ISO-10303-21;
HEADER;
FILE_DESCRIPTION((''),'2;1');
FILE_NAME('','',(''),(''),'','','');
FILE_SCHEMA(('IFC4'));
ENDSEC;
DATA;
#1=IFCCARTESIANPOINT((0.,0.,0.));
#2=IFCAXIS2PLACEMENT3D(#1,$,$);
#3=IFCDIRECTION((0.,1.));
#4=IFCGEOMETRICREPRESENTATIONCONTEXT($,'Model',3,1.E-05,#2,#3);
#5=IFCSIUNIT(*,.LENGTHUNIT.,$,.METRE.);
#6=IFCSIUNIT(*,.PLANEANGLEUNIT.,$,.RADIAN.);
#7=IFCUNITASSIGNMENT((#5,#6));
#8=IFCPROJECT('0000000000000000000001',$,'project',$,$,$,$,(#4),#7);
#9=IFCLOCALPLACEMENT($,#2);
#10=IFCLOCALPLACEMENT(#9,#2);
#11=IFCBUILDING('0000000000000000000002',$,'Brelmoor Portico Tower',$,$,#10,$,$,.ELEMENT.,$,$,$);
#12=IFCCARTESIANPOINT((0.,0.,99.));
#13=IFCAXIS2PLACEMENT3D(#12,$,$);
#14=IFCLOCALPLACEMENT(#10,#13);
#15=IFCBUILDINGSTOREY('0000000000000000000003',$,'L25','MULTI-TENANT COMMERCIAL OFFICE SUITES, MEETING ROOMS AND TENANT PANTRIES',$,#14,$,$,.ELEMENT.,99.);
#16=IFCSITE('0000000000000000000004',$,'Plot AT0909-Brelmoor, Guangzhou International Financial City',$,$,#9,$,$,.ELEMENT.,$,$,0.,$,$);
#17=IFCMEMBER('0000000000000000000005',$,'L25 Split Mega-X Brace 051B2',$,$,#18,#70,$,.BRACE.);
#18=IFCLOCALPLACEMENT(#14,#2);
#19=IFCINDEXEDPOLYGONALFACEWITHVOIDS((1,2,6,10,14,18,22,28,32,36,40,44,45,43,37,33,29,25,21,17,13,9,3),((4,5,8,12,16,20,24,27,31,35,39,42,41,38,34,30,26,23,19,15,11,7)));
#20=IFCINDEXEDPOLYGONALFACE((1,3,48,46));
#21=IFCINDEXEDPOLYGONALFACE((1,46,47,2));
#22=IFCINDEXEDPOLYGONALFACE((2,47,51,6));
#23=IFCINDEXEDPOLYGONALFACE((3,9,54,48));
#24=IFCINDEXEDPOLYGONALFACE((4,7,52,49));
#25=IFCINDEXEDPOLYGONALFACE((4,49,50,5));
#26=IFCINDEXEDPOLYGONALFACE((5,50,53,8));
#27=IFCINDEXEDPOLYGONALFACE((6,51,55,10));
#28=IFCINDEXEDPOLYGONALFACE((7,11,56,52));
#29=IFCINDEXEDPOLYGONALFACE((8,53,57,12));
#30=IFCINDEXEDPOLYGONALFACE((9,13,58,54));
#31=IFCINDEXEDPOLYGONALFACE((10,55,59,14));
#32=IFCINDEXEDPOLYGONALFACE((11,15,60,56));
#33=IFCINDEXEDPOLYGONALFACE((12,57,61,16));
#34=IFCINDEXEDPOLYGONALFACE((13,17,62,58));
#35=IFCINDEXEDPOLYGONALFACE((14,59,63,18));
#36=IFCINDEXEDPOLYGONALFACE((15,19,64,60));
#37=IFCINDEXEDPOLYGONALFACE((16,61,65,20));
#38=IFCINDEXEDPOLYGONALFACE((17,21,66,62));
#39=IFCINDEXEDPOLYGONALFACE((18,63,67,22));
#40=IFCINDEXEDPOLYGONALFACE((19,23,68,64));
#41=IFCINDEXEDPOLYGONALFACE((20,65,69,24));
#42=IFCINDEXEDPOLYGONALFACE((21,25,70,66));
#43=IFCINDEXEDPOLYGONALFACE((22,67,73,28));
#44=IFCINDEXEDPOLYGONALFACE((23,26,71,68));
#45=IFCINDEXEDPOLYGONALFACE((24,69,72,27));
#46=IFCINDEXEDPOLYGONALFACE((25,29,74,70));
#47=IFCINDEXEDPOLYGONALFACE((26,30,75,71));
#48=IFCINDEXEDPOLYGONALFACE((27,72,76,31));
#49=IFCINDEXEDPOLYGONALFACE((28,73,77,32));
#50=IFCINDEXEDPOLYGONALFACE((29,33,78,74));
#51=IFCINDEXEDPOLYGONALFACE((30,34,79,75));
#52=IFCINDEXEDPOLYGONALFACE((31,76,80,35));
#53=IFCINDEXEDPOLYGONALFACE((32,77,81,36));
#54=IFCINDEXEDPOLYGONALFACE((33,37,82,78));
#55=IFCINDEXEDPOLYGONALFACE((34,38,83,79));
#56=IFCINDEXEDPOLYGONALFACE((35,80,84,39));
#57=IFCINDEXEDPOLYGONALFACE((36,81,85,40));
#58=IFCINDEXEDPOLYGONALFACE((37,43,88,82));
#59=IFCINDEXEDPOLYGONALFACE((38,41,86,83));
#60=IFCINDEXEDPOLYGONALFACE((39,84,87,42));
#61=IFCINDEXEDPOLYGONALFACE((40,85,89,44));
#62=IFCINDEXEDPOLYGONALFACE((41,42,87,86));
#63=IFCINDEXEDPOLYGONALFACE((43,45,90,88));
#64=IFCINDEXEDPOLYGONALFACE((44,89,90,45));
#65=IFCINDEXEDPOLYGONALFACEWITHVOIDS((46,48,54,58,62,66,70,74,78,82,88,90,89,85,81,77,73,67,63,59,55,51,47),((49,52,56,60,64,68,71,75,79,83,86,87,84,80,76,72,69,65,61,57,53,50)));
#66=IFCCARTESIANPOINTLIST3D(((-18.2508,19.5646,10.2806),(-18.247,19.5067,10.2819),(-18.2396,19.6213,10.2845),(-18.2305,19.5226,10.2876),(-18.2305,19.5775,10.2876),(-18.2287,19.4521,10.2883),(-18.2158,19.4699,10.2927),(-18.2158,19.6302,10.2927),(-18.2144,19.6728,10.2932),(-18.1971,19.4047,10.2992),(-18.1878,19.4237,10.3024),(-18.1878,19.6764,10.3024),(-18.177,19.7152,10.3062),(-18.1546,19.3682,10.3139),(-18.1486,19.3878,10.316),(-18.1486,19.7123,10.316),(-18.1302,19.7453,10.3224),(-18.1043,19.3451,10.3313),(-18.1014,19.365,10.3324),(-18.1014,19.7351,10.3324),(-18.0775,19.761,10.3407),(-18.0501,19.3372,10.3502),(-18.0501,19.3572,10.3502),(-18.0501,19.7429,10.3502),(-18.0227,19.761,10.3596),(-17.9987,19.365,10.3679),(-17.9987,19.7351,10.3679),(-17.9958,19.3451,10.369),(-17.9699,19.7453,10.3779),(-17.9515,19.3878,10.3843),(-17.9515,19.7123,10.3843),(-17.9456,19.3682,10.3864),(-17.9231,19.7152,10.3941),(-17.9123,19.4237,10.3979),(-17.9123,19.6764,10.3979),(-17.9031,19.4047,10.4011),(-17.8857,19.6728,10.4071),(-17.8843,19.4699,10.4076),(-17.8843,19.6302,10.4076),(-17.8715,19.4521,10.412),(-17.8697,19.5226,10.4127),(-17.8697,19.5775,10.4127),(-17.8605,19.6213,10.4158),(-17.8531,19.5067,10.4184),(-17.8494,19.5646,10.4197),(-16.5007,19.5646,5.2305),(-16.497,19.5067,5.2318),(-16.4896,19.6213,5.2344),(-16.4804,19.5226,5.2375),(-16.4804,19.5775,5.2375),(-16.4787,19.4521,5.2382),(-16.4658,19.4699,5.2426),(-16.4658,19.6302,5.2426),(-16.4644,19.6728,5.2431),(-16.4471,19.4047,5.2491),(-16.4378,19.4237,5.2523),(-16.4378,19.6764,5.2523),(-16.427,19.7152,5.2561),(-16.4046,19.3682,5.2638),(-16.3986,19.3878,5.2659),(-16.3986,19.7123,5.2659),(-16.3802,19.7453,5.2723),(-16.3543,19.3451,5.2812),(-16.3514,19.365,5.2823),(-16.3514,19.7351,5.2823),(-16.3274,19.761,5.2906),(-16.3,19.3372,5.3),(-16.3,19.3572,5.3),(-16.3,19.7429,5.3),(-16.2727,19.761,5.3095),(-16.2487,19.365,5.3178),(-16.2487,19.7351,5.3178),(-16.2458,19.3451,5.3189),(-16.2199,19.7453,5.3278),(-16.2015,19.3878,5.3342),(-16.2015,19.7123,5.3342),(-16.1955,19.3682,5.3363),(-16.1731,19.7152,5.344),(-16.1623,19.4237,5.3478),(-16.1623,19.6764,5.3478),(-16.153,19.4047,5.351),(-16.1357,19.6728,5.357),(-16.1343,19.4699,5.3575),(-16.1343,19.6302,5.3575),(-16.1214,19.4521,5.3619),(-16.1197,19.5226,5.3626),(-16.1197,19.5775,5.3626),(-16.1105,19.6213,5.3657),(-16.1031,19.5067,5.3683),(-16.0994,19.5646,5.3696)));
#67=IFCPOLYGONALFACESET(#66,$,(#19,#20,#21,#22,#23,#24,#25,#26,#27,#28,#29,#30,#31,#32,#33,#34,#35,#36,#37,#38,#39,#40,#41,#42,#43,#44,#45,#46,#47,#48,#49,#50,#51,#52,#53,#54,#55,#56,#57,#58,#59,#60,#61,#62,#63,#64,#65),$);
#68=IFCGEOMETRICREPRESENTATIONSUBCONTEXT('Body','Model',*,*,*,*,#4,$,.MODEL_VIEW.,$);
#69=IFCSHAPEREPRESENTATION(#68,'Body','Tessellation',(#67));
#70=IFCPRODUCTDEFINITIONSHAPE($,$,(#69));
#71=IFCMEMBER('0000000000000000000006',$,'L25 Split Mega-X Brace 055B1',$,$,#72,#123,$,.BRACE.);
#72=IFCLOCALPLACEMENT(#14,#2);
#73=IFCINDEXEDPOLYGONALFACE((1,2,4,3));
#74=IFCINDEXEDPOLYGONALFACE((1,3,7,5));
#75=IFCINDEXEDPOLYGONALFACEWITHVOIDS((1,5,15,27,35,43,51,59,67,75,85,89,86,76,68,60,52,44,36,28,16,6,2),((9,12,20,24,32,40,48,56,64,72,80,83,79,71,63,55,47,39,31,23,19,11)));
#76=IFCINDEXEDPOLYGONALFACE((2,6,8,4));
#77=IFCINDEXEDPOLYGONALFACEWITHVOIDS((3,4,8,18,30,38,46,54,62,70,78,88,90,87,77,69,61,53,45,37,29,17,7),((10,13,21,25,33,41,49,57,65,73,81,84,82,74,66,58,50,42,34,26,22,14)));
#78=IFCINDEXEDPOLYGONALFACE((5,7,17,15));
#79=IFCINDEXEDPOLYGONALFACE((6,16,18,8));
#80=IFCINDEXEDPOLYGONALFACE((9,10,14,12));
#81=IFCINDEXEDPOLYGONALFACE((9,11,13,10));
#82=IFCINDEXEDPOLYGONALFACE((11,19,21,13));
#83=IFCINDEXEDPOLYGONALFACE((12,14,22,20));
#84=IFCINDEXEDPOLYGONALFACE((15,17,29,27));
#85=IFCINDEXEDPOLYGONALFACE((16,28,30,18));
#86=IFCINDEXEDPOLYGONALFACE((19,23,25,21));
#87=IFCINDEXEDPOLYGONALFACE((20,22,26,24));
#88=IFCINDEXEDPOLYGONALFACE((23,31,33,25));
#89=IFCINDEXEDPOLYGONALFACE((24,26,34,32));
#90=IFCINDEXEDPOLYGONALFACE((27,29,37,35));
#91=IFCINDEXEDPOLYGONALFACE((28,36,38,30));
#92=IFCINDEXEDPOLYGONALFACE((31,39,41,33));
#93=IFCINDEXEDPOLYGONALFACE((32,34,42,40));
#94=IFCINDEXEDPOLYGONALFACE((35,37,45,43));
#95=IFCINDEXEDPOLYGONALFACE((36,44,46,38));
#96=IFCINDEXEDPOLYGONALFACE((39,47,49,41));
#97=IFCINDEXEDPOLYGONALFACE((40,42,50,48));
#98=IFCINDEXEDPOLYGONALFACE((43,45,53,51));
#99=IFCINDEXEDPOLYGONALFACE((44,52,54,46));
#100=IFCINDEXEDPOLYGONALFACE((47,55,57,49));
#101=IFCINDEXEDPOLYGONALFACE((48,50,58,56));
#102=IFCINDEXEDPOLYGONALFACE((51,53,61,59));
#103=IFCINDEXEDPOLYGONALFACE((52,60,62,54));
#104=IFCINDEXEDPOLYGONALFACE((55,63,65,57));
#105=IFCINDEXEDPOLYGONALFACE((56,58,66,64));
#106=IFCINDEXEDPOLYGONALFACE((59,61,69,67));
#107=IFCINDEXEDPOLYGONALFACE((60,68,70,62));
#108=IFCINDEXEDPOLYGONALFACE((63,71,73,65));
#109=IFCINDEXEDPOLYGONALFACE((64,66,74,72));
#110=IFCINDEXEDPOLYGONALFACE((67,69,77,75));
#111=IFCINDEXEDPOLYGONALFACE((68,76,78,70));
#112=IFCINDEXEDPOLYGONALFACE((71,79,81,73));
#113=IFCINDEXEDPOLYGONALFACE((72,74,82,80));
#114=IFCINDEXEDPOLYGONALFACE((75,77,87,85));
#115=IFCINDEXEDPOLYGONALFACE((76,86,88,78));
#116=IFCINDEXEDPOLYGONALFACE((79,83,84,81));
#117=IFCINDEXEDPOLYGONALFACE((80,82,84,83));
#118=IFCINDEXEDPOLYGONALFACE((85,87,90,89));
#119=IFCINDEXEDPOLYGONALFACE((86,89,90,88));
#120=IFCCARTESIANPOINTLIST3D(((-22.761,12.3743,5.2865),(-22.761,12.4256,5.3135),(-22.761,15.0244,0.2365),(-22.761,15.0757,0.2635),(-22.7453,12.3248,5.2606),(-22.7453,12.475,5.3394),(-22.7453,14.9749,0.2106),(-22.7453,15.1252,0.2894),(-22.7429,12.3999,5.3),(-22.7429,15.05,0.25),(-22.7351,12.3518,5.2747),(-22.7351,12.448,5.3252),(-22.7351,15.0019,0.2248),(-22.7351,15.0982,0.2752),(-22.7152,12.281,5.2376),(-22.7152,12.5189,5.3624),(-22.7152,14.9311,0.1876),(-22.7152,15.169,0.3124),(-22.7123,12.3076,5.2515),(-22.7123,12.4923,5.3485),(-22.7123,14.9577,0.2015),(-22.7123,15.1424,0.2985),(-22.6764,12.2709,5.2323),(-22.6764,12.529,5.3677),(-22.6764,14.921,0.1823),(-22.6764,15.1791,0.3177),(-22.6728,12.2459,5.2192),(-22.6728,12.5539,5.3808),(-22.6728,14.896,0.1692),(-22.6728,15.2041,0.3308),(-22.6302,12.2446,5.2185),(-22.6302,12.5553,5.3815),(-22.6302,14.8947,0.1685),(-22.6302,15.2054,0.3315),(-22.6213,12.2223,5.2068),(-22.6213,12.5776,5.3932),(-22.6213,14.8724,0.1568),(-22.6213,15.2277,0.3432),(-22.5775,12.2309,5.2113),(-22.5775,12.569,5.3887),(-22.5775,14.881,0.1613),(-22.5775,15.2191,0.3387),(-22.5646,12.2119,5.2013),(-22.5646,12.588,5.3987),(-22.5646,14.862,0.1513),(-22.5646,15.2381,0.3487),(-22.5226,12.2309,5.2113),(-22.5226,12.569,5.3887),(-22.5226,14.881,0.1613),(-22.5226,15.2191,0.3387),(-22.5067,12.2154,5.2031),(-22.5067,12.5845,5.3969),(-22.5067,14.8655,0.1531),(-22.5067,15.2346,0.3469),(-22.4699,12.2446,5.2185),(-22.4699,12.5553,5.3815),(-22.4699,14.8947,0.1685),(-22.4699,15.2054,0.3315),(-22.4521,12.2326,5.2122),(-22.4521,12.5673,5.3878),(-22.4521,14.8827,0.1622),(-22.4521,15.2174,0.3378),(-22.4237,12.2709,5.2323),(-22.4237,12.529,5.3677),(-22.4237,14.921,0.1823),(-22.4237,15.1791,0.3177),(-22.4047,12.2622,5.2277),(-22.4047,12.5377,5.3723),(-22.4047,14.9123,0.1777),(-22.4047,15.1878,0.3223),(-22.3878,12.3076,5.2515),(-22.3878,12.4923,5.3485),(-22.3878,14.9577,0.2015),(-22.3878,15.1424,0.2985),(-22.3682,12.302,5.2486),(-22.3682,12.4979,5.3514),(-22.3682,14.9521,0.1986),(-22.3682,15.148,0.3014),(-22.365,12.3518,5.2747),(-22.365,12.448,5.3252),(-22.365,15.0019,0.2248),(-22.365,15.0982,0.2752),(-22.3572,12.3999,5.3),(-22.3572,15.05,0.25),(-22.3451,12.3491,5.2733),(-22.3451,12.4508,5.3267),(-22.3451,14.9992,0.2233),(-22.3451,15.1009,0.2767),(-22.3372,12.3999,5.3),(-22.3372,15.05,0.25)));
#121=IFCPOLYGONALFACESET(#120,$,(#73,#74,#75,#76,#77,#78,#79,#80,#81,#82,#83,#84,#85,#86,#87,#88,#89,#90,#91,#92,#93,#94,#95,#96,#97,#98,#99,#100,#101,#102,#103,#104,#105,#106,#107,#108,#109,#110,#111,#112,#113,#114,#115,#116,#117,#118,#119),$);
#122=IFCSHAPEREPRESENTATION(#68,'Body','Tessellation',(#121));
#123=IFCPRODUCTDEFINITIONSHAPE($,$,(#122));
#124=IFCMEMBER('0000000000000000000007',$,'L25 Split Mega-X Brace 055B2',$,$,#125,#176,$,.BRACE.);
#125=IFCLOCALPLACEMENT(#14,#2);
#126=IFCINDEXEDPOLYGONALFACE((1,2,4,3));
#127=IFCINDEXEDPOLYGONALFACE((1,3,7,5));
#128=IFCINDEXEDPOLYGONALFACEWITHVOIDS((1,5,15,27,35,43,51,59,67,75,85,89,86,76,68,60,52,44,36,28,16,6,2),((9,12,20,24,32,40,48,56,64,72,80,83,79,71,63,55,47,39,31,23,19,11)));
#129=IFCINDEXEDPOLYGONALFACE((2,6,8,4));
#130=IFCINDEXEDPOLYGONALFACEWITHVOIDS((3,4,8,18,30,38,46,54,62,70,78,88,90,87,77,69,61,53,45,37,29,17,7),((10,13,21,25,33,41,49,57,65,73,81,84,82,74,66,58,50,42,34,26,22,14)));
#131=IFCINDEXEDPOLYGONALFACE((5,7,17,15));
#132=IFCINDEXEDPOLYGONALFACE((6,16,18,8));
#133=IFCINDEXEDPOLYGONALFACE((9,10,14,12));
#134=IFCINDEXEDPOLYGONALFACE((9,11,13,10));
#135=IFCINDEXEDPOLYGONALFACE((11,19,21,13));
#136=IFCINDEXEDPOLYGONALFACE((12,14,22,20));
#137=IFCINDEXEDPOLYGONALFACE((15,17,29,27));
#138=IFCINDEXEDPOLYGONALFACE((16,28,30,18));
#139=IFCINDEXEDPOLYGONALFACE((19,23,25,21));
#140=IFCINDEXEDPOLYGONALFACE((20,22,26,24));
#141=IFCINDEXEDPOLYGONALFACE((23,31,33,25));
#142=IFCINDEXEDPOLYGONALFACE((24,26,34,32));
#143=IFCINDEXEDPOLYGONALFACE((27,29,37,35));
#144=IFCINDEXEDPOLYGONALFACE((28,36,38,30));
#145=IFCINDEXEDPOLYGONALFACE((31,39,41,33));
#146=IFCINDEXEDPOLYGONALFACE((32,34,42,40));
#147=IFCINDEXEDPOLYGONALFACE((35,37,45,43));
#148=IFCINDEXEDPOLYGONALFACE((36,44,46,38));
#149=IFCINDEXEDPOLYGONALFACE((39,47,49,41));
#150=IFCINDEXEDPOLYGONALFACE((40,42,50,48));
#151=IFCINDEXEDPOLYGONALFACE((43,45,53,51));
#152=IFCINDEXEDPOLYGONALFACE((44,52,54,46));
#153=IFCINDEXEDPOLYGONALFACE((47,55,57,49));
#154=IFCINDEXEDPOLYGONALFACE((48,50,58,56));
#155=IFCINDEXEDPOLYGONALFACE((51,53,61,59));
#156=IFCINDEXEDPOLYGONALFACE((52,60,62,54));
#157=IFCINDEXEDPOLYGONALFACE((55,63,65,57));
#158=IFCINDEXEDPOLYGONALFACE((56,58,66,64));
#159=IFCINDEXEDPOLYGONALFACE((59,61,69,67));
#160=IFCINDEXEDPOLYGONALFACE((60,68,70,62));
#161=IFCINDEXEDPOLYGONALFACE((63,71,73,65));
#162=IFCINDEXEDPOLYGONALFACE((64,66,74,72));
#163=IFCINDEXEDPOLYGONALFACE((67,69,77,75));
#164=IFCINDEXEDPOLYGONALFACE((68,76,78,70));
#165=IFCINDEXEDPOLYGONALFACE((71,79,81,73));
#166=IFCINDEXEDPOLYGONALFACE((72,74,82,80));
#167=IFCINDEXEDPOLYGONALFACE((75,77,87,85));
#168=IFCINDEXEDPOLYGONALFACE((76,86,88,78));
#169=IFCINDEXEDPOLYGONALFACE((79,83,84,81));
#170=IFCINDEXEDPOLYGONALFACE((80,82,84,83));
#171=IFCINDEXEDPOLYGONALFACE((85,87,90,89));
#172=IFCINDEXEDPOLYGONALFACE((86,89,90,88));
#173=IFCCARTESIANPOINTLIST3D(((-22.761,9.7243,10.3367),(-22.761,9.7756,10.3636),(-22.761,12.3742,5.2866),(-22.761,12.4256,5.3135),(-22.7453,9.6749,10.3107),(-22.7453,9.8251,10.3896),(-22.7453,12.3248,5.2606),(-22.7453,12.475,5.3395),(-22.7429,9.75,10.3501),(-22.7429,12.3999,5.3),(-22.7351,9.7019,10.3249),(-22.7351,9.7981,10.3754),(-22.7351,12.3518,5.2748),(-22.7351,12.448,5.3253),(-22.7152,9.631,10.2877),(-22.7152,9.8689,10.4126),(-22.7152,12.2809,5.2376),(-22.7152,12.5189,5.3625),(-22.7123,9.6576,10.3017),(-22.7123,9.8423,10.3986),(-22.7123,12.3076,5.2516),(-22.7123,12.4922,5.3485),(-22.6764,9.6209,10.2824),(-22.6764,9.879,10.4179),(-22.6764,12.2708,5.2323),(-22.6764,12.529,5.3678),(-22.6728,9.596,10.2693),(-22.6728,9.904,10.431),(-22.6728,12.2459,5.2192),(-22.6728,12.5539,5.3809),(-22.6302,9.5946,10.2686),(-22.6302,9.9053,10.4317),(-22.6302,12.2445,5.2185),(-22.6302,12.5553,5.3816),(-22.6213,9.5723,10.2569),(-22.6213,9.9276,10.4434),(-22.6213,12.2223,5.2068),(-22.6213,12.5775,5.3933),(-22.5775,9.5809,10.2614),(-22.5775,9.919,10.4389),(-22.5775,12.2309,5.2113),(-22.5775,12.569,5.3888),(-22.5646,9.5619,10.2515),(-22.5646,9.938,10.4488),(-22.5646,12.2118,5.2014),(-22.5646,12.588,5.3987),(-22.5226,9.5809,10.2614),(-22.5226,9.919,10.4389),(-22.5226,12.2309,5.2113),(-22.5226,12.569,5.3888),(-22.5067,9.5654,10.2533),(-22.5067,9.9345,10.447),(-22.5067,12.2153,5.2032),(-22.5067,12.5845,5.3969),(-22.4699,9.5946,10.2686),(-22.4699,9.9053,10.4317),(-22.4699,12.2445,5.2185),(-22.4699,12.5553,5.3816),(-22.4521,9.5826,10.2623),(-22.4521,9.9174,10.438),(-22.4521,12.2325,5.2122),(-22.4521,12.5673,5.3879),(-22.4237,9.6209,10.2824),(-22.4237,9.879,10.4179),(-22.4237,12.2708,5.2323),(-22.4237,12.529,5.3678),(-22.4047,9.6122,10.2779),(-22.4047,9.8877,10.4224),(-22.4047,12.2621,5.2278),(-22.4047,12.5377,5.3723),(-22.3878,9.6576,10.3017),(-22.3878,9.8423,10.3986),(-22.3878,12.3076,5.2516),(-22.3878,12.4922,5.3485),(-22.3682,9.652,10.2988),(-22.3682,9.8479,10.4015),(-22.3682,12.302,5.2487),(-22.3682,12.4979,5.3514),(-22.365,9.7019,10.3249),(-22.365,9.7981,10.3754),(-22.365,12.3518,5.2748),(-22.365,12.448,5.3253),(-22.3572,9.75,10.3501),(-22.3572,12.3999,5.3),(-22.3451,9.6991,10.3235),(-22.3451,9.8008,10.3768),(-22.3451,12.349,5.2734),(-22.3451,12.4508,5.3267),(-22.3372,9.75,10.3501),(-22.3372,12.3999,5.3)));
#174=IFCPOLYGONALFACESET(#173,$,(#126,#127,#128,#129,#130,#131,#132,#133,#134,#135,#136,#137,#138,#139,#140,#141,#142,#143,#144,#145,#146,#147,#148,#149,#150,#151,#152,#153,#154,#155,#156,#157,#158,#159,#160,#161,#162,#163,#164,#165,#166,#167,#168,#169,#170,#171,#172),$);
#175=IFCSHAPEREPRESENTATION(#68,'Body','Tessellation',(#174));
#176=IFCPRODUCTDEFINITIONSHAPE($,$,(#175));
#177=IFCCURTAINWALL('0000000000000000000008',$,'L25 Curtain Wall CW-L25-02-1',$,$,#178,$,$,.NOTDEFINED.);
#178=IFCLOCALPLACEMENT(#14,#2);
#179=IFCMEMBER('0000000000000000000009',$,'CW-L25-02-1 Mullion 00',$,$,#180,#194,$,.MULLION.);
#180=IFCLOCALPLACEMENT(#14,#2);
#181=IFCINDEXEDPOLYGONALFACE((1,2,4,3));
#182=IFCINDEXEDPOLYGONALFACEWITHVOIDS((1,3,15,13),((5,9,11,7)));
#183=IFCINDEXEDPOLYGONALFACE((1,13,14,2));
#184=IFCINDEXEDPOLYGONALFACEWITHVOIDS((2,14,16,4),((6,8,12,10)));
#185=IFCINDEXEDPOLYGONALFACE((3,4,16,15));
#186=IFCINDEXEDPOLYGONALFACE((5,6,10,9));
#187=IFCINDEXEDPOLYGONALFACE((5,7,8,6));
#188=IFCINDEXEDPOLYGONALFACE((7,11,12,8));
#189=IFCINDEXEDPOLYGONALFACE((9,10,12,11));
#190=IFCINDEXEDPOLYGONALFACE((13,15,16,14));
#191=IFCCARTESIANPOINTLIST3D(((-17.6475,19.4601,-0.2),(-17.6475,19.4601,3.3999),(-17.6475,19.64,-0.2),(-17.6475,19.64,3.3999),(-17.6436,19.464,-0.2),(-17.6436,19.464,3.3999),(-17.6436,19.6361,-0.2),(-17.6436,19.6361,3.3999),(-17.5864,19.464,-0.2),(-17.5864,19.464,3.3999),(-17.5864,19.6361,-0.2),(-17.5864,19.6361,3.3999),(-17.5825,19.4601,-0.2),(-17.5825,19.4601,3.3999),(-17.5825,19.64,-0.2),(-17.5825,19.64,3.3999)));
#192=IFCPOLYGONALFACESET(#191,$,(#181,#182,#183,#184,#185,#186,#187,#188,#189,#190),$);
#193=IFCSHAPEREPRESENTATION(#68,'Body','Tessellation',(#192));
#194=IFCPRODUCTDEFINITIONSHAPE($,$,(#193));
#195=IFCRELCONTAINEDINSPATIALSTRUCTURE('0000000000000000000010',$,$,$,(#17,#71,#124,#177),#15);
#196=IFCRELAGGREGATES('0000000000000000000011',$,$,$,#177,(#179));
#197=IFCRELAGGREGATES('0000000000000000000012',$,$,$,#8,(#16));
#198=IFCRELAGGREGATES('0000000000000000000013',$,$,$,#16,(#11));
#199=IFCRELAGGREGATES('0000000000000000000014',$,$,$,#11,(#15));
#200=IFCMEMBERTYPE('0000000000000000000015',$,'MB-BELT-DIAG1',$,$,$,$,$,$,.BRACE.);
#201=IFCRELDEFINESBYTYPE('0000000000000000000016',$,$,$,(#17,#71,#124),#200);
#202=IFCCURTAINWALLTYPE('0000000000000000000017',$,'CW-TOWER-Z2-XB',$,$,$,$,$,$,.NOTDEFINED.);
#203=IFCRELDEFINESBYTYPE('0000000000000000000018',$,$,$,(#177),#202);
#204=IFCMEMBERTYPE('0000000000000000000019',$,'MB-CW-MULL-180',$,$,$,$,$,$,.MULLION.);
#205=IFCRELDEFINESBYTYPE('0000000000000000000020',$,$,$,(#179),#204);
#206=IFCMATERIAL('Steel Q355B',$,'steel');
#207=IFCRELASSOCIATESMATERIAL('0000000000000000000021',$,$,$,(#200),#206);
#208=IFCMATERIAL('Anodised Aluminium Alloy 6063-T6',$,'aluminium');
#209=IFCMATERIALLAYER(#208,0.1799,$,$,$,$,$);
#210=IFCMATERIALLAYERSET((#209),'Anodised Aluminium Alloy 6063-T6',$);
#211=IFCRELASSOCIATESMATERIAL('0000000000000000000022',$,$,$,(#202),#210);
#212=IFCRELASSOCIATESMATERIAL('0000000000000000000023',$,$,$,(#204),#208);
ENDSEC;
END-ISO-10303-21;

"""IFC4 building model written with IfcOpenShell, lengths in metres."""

from ifc_helpers import new_model, si_unit, direction, frame, origin, origin_2d, place, context, subcontext, project, spatial, hollow_rectangle, hollow_circle, extrude, material, layer, layer_set, material_profile, profile_set, type_object, element, aggregate, save


model = new_model("IFC4")

# Units and contexts
model_context = context("Model", 3, precision=1e-05, world=origin(), true_north=direction((0.0, 1.0)))
body_context = subcontext(model_context, "Body", "Model", "MODEL_VIEW")
ifc_project = project(units=[si_unit("LENGTHUNIT", "METRE"), si_unit("PLANEANGLEUNIT", "RADIAN")], contexts=[model_context])

# Site, building, storey
site_placement = place(None, origin())
site = spatial("IfcSite", under=ifc_project, at=site_placement, Name="Plot AT0909-Brelmoor, Guangzhou International Financial City", CompositionType="ELEMENT", RefElevation=0.0)
building_placement = place(site_placement, origin())
building = spatial("IfcBuilding", under=site, at=building_placement, Name="Brelmoor Portico Tower", CompositionType="ELEMENT")
storey_placement = place(building_placement, frame((0.0, 0.0, 99.0)))
storey = spatial("IfcBuildingStorey", under=building, at=storey_placement, Name="L25", Description="MULTI-TENANT COMMERCIAL OFFICE SUITES, MEETING ROOMS AND TENANT PANTRIES", CompositionType="ELEMENT", Elevation=99.0)

# Shared definitions
ifc_material_1 = material(Name="Steel Q355B", Category="steel")

# Members
ifc_material_profile_1 = material_profile(ifc_material_1, hollow_circle(Radius=0.2129, WallThickness=0.02, at=origin_2d()), Name="CHS 426x20")
ifc_profile_set_1 = profile_set([ifc_material_profile_1], Name="Steel Q355B")
member_type_1 = type_object("IfcMemberType", Name="MB-BELT-DIAG1", PredefinedType="BRACE", material=ifc_profile_set_1)
member_1_placement = place(storey_placement, frame((-16.3, 19.55, 5.3), z_axis=(-0.327429, 0.0, 0.944876), x_axis=(0.0, -1.0, 0.0)))
element("IfcMember", 1, at=member_1_placement, inside=storey, type_object=member_type_1, Name="L25 Split Mega-X Brace 051B2", PredefinedType="BRACE", context=body_context, shape_type="SweptSolid", body=[
    extrude(hollow_circle(Radius=0.2129, WallThickness=0.02, at=origin_2d()), origin(), (0.0, 0.0, 1.0), 5.3447),
])
for number, where, z_axis, x_axis, name in (
    (2, (-22.55, 15.05, 0.25), (0.0, -0.464679, 0.885479), (1.0, 0.0, 0.0), "L25 Split Mega-X Brace 055B1"),
    (3, (-22.55, 12.3999, 5.3), (0.0, -0.464645, 0.885497), (1.0, 0.0, 0.0), "L25 Split Mega-X Brace 055B2"),
):
    element("IfcMember", number, at=place(storey_placement, frame(where, z_axis=z_axis, x_axis=x_axis)), inside=storey, type_object=member_type_1, Name=name, PredefinedType="BRACE", context=body_context, shape_type="SweptSolid", body=[
        extrude(hollow_circle(Radius=0.2129, WallThickness=0.02, at=origin_2d()), origin(), (0.0, 0.0, 1.0), 5.7031),
    ])

# Curtain wall, member
ifc_material_2 = material(Name="Anodised Aluminium Alloy 6063-T6", Category="aluminium")
ifc_layer_1 = layer(ifc_material_2, 0.1799)
ifc_layer_set_1 = layer_set([ifc_layer_1], Name="Anodised Aluminium Alloy 6063-T6")
curtain_wall_type = type_object("IfcCurtainWallType", Name="CW-TOWER-Z2-XB", PredefinedType="NOTDEFINED", material=ifc_layer_set_1)
curtain_wall_1_placement = place(storey_placement, origin())
curtain_wall_1 = element("IfcCurtainWall", 4, at=curtain_wall_1_placement, inside=storey, type_object=curtain_wall_type, Name="L25 Curtain Wall CW-L25-02-1", PredefinedType="NOTDEFINED")
ifc_material_profile_2 = material_profile(ifc_material_2, hollow_rectangle(XDim=0.0649, YDim=0.1799, WallThickness=0.0039, at=origin_2d()), Name="ALU MULLION 65x180")
ifc_profile_set_2 = profile_set([ifc_material_profile_2], Name="Anodised Aluminium Alloy 6063-T6")
member_type_2 = type_object("IfcMemberType", Name="MB-CW-MULL-180", PredefinedType="MULLION", material=ifc_profile_set_2)
member_2_placement = place(storey_placement, frame((-17.615, 19.55, -0.2), z_axis=(0.0, 0.0, 1.0), x_axis=(1.0, 0.0, 0.0)))
member_2 = element("IfcMember", 5, at=member_2_placement, type_object=member_type_2, Name="CW-L25-02-1 Mullion 00", PredefinedType="MULLION", context=body_context, shape_type="SweptSolid", body=[
    extrude(hollow_rectangle(XDim=0.0649, YDim=0.1799, WallThickness=0.0039, at=origin_2d()), origin(), (0.0, 0.0, 1.0), 3.5999),
])

aggregate(curtain_wall_1, [member_2])

save(model, "model.ifc")
